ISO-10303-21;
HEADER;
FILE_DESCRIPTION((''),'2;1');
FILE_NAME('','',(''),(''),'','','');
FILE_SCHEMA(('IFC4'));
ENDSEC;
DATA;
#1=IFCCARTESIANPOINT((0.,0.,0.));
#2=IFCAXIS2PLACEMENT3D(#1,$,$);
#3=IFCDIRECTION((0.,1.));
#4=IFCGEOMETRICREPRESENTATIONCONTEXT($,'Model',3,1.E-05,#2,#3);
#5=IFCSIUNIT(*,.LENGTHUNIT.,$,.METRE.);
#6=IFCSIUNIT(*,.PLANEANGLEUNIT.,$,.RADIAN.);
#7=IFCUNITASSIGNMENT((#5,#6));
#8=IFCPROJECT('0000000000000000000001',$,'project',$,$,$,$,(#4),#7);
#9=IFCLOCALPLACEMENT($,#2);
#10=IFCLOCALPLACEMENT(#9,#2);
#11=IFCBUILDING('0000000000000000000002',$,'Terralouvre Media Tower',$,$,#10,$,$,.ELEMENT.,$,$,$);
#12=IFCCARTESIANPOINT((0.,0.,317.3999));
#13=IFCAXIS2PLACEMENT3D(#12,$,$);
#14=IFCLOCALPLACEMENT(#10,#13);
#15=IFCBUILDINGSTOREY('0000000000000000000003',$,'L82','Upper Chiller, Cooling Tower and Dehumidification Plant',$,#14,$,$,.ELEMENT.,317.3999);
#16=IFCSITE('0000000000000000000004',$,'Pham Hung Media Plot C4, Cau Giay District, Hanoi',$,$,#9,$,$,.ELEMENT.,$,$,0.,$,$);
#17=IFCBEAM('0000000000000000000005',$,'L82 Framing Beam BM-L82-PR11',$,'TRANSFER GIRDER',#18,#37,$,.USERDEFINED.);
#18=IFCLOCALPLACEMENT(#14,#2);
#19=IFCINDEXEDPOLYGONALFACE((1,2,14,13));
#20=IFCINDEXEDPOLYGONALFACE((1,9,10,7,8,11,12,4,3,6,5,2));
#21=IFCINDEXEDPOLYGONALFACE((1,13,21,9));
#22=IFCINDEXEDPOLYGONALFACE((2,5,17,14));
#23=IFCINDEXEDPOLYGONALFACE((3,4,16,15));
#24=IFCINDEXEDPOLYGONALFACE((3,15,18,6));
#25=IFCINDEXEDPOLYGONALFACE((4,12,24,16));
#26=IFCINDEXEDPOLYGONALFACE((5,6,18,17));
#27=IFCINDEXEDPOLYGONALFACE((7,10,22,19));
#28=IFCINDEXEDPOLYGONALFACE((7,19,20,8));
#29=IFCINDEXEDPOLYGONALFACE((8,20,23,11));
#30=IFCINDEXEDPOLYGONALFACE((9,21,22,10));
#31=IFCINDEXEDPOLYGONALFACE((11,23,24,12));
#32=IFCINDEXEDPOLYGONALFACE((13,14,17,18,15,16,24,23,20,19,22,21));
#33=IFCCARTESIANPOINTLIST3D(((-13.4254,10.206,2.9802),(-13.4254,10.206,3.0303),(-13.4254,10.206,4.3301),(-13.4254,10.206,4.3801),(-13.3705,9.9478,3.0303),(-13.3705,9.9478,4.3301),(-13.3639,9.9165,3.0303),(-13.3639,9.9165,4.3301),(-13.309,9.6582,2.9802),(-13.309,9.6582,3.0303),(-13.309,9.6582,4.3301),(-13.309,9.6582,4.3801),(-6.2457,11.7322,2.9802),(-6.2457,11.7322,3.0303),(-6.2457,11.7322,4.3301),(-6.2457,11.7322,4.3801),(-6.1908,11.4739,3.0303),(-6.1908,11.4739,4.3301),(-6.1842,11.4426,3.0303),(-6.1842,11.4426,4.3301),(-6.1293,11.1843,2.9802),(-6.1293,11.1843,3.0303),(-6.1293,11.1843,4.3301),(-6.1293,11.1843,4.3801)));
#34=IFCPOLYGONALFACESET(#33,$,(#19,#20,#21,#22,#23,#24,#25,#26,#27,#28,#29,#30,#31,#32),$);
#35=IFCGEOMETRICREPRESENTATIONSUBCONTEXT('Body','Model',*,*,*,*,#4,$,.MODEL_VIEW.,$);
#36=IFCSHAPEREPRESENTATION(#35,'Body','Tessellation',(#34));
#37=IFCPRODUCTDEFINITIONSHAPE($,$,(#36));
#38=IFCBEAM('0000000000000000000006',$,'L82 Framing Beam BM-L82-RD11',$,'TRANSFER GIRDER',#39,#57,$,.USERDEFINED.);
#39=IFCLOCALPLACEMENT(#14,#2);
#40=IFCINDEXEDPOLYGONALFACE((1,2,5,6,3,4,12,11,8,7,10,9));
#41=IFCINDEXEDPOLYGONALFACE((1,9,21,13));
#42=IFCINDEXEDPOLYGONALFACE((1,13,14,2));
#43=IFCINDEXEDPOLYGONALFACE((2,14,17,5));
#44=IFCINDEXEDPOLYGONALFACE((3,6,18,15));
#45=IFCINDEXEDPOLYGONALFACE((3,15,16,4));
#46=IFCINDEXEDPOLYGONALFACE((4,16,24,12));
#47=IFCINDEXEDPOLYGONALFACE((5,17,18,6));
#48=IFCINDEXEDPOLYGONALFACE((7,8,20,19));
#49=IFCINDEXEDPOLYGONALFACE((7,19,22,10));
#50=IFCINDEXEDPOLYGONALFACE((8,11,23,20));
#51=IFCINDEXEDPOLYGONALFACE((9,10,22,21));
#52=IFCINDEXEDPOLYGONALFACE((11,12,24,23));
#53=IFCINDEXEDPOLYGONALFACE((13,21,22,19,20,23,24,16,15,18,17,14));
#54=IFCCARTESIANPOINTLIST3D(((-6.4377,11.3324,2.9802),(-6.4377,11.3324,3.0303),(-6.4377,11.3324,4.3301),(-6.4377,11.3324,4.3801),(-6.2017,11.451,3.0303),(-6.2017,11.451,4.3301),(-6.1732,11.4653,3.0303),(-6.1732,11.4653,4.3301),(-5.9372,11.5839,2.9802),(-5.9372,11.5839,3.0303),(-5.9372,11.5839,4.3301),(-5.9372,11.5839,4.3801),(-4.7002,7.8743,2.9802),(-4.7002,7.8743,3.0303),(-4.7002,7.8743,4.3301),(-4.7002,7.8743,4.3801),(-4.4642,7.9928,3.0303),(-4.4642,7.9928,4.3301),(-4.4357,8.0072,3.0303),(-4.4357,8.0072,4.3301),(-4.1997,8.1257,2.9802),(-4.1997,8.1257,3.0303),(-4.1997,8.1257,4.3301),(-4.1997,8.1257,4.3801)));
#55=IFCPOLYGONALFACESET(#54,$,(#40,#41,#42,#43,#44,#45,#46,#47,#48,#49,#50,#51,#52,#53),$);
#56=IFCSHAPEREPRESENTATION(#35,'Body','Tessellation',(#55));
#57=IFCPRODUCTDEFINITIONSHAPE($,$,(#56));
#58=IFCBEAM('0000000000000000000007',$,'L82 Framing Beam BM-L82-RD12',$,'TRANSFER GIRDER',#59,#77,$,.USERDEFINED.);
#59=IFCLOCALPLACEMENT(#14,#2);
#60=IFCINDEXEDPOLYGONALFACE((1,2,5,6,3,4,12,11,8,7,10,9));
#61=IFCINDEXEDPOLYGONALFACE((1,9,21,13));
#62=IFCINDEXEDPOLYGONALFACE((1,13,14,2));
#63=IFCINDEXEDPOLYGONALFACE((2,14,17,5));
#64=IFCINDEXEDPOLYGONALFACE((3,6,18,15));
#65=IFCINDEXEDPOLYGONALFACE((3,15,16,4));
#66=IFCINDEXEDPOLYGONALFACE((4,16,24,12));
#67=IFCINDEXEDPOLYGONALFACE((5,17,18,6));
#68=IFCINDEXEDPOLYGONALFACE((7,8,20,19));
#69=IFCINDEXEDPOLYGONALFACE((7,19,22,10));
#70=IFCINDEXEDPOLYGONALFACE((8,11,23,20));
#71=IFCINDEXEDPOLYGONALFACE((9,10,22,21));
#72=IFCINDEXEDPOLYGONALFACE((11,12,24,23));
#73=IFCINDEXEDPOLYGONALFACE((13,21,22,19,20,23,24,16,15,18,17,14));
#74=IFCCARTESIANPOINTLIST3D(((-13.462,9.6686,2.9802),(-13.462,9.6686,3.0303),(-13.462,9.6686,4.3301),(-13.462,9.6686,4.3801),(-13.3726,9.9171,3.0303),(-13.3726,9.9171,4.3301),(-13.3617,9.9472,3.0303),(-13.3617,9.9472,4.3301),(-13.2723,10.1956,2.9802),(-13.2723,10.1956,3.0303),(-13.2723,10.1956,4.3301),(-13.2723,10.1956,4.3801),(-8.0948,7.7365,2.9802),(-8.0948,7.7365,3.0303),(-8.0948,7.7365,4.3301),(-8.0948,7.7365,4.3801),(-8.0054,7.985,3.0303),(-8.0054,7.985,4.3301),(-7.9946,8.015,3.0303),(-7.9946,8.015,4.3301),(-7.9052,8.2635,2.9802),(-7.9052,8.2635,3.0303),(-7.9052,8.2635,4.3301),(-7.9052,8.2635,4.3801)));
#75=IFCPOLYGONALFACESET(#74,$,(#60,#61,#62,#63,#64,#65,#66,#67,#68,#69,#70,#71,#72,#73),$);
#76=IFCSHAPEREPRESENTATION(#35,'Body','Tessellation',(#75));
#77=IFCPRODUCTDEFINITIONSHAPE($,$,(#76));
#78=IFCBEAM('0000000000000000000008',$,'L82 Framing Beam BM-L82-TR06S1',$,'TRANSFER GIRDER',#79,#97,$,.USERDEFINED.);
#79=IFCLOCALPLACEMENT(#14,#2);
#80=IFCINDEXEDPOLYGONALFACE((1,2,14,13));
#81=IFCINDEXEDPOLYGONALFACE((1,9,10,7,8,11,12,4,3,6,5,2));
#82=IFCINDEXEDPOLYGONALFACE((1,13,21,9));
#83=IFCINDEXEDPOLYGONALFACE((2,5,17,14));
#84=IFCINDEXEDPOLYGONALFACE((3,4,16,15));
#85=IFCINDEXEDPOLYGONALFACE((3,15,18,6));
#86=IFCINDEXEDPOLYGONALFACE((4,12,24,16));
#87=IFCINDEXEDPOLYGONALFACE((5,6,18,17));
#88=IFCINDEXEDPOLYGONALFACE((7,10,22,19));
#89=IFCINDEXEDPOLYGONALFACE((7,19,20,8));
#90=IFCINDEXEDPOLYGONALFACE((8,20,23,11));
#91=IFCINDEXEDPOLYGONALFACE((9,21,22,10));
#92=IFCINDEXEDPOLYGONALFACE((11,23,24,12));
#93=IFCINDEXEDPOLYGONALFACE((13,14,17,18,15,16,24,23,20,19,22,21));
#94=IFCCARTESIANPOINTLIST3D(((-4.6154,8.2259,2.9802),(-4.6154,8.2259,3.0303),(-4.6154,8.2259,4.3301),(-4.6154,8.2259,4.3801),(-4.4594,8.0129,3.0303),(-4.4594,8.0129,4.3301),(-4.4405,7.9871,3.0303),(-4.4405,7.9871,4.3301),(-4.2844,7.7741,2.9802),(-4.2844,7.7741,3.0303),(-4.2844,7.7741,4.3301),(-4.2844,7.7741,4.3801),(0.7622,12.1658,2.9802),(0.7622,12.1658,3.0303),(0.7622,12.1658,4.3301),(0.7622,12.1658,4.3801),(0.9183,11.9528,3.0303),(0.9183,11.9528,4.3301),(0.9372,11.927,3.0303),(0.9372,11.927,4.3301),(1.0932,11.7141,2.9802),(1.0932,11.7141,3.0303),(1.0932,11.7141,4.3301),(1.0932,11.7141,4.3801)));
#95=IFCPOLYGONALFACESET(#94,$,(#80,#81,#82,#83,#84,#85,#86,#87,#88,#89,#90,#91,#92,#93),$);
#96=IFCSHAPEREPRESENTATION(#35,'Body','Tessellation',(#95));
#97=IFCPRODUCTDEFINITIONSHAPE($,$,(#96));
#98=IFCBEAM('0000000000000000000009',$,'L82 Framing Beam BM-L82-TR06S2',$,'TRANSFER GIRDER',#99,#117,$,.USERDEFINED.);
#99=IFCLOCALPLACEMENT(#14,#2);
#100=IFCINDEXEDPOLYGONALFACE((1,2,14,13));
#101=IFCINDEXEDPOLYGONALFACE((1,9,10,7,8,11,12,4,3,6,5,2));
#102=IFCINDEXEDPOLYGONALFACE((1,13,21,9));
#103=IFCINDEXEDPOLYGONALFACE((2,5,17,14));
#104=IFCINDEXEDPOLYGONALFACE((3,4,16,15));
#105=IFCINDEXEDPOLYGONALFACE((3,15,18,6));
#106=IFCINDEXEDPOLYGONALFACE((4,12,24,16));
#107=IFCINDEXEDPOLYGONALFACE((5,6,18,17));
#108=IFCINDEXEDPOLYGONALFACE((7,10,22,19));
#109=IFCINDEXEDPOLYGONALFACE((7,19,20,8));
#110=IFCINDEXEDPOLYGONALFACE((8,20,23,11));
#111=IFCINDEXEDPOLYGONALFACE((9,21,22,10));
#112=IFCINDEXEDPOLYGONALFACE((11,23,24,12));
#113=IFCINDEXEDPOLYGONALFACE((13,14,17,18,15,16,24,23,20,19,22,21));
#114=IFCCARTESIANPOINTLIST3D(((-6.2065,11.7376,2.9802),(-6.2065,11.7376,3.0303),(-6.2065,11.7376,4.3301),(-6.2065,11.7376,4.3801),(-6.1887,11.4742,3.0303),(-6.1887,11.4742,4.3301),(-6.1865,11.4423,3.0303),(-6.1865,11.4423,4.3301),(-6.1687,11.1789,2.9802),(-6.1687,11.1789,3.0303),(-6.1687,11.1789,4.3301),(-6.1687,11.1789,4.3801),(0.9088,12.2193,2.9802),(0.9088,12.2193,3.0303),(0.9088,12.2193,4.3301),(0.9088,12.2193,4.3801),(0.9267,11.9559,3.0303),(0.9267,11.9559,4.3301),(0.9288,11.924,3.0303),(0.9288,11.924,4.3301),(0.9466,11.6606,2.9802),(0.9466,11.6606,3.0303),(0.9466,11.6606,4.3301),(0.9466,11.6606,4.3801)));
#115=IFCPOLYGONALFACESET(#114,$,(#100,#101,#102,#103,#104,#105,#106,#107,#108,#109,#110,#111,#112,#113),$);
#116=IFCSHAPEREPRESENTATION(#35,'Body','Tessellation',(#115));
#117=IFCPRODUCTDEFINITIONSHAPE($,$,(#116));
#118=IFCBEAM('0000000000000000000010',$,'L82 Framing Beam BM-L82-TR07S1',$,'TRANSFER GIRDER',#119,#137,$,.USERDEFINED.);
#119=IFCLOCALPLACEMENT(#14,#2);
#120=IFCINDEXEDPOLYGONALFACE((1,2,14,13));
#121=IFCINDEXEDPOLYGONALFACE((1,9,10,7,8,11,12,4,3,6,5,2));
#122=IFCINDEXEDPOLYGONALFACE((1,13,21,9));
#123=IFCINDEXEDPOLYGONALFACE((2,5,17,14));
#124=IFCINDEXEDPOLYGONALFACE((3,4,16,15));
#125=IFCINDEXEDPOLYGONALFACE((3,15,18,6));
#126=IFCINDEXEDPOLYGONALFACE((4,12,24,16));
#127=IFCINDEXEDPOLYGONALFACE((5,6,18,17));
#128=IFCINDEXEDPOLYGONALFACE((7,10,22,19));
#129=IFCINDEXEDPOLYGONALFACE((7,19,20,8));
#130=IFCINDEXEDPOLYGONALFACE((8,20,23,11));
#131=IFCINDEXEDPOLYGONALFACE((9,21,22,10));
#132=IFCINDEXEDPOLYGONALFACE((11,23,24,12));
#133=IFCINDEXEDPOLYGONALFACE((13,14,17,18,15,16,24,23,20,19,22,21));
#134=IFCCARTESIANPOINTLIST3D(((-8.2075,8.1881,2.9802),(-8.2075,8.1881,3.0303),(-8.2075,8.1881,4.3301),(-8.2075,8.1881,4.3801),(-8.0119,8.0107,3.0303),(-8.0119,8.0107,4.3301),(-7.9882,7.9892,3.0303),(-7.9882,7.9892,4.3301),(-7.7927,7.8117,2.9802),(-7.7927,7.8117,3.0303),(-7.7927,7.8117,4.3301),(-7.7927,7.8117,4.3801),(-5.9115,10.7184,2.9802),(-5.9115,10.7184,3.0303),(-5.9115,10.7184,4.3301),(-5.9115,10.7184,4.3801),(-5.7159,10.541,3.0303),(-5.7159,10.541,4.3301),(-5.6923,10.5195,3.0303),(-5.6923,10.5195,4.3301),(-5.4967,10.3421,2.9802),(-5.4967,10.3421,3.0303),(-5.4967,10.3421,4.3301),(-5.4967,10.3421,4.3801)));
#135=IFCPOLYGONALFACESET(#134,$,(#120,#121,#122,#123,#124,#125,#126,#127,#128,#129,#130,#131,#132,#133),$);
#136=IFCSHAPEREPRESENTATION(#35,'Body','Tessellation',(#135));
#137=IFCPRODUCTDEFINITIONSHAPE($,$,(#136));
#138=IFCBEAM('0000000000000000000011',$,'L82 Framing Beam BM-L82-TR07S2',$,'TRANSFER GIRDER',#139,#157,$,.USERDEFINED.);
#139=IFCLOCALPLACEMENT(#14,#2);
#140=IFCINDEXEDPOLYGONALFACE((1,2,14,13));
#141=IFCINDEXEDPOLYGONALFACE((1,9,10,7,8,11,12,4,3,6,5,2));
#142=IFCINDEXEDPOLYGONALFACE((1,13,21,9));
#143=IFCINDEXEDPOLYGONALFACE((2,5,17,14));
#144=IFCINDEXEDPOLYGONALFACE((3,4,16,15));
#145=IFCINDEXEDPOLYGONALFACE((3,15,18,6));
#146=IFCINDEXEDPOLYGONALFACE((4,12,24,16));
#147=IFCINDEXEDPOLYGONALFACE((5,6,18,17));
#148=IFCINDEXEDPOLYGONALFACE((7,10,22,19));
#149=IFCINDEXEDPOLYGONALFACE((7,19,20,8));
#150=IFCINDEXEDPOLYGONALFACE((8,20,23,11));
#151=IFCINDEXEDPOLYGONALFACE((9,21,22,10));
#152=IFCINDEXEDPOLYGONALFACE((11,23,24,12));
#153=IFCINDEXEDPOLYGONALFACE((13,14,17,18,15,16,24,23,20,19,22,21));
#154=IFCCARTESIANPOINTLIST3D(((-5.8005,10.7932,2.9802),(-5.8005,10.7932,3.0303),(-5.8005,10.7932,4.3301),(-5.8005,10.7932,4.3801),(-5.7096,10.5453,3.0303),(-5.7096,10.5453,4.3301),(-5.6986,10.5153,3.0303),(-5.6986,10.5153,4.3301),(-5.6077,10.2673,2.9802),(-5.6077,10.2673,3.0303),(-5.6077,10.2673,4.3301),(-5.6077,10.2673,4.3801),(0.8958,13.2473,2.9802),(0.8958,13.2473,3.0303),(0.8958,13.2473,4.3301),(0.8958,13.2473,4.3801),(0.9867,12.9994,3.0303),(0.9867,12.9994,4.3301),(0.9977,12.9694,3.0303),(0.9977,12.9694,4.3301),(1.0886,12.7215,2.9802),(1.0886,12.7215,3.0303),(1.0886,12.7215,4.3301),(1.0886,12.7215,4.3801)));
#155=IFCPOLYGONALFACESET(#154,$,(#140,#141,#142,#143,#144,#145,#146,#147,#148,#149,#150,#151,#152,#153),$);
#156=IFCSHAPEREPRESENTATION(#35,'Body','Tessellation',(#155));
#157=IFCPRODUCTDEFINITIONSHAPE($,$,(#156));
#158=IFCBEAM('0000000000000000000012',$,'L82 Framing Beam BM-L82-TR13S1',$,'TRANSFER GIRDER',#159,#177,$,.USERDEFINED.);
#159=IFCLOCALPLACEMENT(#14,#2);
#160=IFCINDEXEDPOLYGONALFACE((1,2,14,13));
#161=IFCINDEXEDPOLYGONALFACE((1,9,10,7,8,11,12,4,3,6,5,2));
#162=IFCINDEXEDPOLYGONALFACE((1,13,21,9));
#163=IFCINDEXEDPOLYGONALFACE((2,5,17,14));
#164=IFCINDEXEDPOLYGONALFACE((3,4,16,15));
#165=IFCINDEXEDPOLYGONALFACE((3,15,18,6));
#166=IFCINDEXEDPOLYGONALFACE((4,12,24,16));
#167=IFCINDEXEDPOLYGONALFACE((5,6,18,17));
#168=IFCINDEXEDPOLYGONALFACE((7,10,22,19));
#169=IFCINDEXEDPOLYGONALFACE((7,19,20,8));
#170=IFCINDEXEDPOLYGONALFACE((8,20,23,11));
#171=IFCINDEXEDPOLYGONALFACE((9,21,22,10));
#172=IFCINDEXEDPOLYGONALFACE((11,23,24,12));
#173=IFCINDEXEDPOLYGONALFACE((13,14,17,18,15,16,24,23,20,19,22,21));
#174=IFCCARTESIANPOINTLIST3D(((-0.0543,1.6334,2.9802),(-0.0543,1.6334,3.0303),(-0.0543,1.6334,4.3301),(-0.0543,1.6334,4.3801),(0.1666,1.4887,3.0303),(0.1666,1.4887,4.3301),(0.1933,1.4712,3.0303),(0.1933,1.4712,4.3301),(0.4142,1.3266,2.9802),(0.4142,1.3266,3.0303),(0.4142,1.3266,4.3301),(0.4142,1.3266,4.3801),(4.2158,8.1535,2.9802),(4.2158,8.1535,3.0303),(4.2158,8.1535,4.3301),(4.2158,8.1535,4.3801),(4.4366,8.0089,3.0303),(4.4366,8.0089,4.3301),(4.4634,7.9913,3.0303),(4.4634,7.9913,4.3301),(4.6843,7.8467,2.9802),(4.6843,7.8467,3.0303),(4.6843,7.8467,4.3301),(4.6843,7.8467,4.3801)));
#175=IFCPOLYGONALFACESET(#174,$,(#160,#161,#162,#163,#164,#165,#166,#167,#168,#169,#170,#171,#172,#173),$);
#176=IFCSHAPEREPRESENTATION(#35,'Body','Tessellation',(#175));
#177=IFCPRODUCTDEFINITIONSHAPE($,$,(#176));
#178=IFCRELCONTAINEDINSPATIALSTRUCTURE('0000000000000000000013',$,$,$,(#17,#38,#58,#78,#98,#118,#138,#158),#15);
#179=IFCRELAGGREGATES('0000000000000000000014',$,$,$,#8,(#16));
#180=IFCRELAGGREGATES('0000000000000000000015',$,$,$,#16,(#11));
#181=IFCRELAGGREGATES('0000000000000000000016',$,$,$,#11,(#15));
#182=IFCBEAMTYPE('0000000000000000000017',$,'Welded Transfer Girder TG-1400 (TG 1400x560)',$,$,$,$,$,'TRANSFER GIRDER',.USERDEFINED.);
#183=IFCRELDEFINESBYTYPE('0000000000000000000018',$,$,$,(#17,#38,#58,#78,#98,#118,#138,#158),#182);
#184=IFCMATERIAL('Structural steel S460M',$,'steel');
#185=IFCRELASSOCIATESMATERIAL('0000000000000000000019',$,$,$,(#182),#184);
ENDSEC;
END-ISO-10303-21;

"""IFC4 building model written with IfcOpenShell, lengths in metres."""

from ifc_helpers import new_model, si_unit, direction, frame, origin, origin_2d, place, context, subcontext, project, spatial, i_section, extrude, material, material_profile, profile_set, type_object, element, save


model = new_model("IFC4")

# Units and contexts
model_context = context("Model", 3, precision=1e-05, world=origin(), true_north=direction((0.0, 1.0)))
body_context = subcontext(model_context, "Body", "Model", "MODEL_VIEW")
ifc_project = project(units=[si_unit("LENGTHUNIT", "METRE"), si_unit("PLANEANGLEUNIT", "RADIAN")], contexts=[model_context])

# Site, building, storey
site_placement = place(None, origin())
site = spatial("IfcSite", under=ifc_project, at=site_placement, Name="Pham Hung Media Plot C4, Cau Giay District, Hanoi", CompositionType="ELEMENT", RefElevation=0.0)
building_placement = place(site_placement, origin())
building = spatial("IfcBuilding", under=site, at=building_placement, Name="Terralouvre Media Tower", CompositionType="ELEMENT")
storey_placement = place(building_placement, frame((0.0, 0.0, 317.3999)))
storey = spatial("IfcBuildingStorey", under=building, at=storey_placement, Name="L82", Description="Upper Chiller, Cooling Tower and Dehumidification Plant", CompositionType="ELEMENT", Elevation=317.3999)

# Beams
ifc_material_1 = material(Name="Structural steel S460M", Category="steel")
ifc_material_profile_1 = material_profile(ifc_material_1, i_section(OverallWidth=0.5601, OverallDepth=1.3999, WebThickness=0.032, FlangeThickness=0.05, at=origin_2d()), Name="TG 1400x560")
ifc_profile_set_1 = profile_set([ifc_material_profile_1], Name="Structural steel S460M")
beam_type_1 = type_object("IfcBeamType", Name="Welded Transfer Girder TG-1400 (TG 1400x560)", ElementType="TRANSFER GIRDER", PredefinedType="USERDEFINED", material=ifc_profile_set_1)
beam_1_placement = place(storey_placement, frame((-6.1875, 11.4583, 3.6802), z_axis=(-0.978147, -0.207916, 0.0), x_axis=(0.207916, -0.978147, 0.0)))
element("IfcBeam", 1, at=beam_1_placement, inside=storey, type_object=beam_type_1, Name="L82 Framing Beam BM-L82-PR11", ObjectType="TRANSFER GIRDER", PredefinedType="USERDEFINED", context=body_context, shape_type="SweptSolid", body=[
    extrude(i_section(OverallWidth=0.5601, OverallDepth=1.3999, WebThickness=0.032, FlangeThickness=0.05, at=origin_2d()), origin(), (0.0, 0.0, 1.0), 7.3401),
])
beam_2_placement = place(storey_placement, frame((-4.45, 8.0, 3.6802), z_axis=(-0.448954, 0.893555, 0.0), x_axis=(-0.893555, -0.448954, 0.0)))
element("IfcBeam", 2, at=beam_2_placement, inside=storey, type_object=beam_type_1, Name="L82 Framing Beam BM-L82-RD11", ObjectType="TRANSFER GIRDER", PredefinedType="USERDEFINED", context=body_context, shape_type="SweptSolid", body=[
    extrude(i_section(OverallWidth=0.5601, OverallDepth=1.3999, WebThickness=0.032, FlangeThickness=0.05, at=origin_2d()), origin(), (0.0, 0.0, 1.0), 3.8701),
])
beam_3_placement = place(storey_placement, frame((-8.0, 8.0, 3.6802), z_axis=(-0.940891, 0.33871, 0.0), x_axis=(-0.33871, -0.940891, 0.0)))
element("IfcBeam", 3, at=beam_3_placement, inside=storey, type_object=beam_type_1, Name="L82 Framing Beam BM-L82-RD12", ObjectType="TRANSFER GIRDER", PredefinedType="USERDEFINED", context=body_context, shape_type="SweptSolid", body=[
    extrude(i_section(OverallWidth=0.5601, OverallDepth=1.3999, WebThickness=0.032, FlangeThickness=0.05, at=origin_2d()), origin(), (0.0, 0.0, 1.0), 5.7043),
])
beam_4_placement = place(storey_placement, frame((0.9277, 11.9399, 3.6802), z_axis=(-0.806669, -0.591003, 0.0), x_axis=(0.591003, -0.806669, 0.0)))
element("IfcBeam", 4, at=beam_4_placement, inside=storey, type_object=beam_type_1, Name="L82 Framing Beam BM-L82-TR06S1", ObjectType="TRANSFER GIRDER", PredefinedType="USERDEFINED", context=body_context, shape_type="SweptSolid", body=[
    extrude(i_section(OverallWidth=0.5601, OverallDepth=1.3999, WebThickness=0.032, FlangeThickness=0.05, at=origin_2d()), origin(), (0.0, 0.0, 1.0), 6.6665),
])
beam_5_placement = place(storey_placement, frame((0.9277, 11.9399, 3.6802), z_axis=(-0.997716, -0.067544, 0.0), x_axis=(0.067544, -0.997716, 0.0)))
element("IfcBeam", 5, at=beam_5_placement, inside=storey, type_object=beam_type_1, Name="L82 Framing Beam BM-L82-TR06S2", ObjectType="TRANSFER GIRDER", PredefinedType="USERDEFINED", context=body_context, shape_type="SweptSolid", body=[
    extrude(i_section(OverallWidth=0.5601, OverallDepth=1.3999, WebThickness=0.032, FlangeThickness=0.05, at=origin_2d()), origin(), (0.0, 0.0, 1.0), 7.1316),
])
beam_6_placement = place(storey_placement, frame((-5.7041, 10.5303, 3.6802), z_axis=(-0.671975, -0.740573, 0.0), x_axis=(0.740573, -0.671975, 0.0)))
element("IfcBeam", 6, at=beam_6_placement, inside=storey, type_object=beam_type_1, Name="L82 Framing Beam BM-L82-TR07S1", ObjectType="TRANSFER GIRDER", PredefinedType="USERDEFINED", context=body_context, shape_type="SweptSolid", body=[
    extrude(i_section(OverallWidth=0.5601, OverallDepth=1.3999, WebThickness=0.032, FlangeThickness=0.05, at=origin_2d()), origin(), (0.0, 0.0, 1.0), 3.4167),
])
beam_7_placement = place(storey_placement, frame((-5.7041, 10.5303, 3.6802), z_axis=(0.938931, 0.344106, 0.0), x_axis=(-0.344106, 0.938931, 0.0)))
element("IfcBeam", 7, at=beam_7_placement, inside=storey, type_object=beam_type_1, Name="L82 Framing Beam BM-L82-TR07S2", ObjectType="TRANSFER GIRDER", PredefinedType="USERDEFINED", context=body_context, shape_type="SweptSolid", body=[
    extrude(i_section(OverallWidth=0.5601, OverallDepth=1.3999, WebThickness=0.032, FlangeThickness=0.05, at=origin_2d()), origin(), (0.0, 0.0, 1.0), 7.1318),
])
beam_8_placement = place(storey_placement, frame((0.1799, 1.48, 3.6802), z_axis=(0.547872, 0.836562, 0.0), x_axis=(-0.836562, 0.547872, 0.0)))
element("IfcBeam", 8, at=beam_8_placement, inside=storey, type_object=beam_type_1, Name="L82 Framing Beam BM-L82-TR13S1", ObjectType="TRANSFER GIRDER", PredefinedType="USERDEFINED", context=body_context, shape_type="SweptSolid", body=[
    extrude(i_section(OverallWidth=0.5601, OverallDepth=1.3999, WebThickness=0.032, FlangeThickness=0.05, at=origin_2d()), origin(), (0.0, 0.0, 1.0), 7.7939),
])

save(model, "model.ifc")
